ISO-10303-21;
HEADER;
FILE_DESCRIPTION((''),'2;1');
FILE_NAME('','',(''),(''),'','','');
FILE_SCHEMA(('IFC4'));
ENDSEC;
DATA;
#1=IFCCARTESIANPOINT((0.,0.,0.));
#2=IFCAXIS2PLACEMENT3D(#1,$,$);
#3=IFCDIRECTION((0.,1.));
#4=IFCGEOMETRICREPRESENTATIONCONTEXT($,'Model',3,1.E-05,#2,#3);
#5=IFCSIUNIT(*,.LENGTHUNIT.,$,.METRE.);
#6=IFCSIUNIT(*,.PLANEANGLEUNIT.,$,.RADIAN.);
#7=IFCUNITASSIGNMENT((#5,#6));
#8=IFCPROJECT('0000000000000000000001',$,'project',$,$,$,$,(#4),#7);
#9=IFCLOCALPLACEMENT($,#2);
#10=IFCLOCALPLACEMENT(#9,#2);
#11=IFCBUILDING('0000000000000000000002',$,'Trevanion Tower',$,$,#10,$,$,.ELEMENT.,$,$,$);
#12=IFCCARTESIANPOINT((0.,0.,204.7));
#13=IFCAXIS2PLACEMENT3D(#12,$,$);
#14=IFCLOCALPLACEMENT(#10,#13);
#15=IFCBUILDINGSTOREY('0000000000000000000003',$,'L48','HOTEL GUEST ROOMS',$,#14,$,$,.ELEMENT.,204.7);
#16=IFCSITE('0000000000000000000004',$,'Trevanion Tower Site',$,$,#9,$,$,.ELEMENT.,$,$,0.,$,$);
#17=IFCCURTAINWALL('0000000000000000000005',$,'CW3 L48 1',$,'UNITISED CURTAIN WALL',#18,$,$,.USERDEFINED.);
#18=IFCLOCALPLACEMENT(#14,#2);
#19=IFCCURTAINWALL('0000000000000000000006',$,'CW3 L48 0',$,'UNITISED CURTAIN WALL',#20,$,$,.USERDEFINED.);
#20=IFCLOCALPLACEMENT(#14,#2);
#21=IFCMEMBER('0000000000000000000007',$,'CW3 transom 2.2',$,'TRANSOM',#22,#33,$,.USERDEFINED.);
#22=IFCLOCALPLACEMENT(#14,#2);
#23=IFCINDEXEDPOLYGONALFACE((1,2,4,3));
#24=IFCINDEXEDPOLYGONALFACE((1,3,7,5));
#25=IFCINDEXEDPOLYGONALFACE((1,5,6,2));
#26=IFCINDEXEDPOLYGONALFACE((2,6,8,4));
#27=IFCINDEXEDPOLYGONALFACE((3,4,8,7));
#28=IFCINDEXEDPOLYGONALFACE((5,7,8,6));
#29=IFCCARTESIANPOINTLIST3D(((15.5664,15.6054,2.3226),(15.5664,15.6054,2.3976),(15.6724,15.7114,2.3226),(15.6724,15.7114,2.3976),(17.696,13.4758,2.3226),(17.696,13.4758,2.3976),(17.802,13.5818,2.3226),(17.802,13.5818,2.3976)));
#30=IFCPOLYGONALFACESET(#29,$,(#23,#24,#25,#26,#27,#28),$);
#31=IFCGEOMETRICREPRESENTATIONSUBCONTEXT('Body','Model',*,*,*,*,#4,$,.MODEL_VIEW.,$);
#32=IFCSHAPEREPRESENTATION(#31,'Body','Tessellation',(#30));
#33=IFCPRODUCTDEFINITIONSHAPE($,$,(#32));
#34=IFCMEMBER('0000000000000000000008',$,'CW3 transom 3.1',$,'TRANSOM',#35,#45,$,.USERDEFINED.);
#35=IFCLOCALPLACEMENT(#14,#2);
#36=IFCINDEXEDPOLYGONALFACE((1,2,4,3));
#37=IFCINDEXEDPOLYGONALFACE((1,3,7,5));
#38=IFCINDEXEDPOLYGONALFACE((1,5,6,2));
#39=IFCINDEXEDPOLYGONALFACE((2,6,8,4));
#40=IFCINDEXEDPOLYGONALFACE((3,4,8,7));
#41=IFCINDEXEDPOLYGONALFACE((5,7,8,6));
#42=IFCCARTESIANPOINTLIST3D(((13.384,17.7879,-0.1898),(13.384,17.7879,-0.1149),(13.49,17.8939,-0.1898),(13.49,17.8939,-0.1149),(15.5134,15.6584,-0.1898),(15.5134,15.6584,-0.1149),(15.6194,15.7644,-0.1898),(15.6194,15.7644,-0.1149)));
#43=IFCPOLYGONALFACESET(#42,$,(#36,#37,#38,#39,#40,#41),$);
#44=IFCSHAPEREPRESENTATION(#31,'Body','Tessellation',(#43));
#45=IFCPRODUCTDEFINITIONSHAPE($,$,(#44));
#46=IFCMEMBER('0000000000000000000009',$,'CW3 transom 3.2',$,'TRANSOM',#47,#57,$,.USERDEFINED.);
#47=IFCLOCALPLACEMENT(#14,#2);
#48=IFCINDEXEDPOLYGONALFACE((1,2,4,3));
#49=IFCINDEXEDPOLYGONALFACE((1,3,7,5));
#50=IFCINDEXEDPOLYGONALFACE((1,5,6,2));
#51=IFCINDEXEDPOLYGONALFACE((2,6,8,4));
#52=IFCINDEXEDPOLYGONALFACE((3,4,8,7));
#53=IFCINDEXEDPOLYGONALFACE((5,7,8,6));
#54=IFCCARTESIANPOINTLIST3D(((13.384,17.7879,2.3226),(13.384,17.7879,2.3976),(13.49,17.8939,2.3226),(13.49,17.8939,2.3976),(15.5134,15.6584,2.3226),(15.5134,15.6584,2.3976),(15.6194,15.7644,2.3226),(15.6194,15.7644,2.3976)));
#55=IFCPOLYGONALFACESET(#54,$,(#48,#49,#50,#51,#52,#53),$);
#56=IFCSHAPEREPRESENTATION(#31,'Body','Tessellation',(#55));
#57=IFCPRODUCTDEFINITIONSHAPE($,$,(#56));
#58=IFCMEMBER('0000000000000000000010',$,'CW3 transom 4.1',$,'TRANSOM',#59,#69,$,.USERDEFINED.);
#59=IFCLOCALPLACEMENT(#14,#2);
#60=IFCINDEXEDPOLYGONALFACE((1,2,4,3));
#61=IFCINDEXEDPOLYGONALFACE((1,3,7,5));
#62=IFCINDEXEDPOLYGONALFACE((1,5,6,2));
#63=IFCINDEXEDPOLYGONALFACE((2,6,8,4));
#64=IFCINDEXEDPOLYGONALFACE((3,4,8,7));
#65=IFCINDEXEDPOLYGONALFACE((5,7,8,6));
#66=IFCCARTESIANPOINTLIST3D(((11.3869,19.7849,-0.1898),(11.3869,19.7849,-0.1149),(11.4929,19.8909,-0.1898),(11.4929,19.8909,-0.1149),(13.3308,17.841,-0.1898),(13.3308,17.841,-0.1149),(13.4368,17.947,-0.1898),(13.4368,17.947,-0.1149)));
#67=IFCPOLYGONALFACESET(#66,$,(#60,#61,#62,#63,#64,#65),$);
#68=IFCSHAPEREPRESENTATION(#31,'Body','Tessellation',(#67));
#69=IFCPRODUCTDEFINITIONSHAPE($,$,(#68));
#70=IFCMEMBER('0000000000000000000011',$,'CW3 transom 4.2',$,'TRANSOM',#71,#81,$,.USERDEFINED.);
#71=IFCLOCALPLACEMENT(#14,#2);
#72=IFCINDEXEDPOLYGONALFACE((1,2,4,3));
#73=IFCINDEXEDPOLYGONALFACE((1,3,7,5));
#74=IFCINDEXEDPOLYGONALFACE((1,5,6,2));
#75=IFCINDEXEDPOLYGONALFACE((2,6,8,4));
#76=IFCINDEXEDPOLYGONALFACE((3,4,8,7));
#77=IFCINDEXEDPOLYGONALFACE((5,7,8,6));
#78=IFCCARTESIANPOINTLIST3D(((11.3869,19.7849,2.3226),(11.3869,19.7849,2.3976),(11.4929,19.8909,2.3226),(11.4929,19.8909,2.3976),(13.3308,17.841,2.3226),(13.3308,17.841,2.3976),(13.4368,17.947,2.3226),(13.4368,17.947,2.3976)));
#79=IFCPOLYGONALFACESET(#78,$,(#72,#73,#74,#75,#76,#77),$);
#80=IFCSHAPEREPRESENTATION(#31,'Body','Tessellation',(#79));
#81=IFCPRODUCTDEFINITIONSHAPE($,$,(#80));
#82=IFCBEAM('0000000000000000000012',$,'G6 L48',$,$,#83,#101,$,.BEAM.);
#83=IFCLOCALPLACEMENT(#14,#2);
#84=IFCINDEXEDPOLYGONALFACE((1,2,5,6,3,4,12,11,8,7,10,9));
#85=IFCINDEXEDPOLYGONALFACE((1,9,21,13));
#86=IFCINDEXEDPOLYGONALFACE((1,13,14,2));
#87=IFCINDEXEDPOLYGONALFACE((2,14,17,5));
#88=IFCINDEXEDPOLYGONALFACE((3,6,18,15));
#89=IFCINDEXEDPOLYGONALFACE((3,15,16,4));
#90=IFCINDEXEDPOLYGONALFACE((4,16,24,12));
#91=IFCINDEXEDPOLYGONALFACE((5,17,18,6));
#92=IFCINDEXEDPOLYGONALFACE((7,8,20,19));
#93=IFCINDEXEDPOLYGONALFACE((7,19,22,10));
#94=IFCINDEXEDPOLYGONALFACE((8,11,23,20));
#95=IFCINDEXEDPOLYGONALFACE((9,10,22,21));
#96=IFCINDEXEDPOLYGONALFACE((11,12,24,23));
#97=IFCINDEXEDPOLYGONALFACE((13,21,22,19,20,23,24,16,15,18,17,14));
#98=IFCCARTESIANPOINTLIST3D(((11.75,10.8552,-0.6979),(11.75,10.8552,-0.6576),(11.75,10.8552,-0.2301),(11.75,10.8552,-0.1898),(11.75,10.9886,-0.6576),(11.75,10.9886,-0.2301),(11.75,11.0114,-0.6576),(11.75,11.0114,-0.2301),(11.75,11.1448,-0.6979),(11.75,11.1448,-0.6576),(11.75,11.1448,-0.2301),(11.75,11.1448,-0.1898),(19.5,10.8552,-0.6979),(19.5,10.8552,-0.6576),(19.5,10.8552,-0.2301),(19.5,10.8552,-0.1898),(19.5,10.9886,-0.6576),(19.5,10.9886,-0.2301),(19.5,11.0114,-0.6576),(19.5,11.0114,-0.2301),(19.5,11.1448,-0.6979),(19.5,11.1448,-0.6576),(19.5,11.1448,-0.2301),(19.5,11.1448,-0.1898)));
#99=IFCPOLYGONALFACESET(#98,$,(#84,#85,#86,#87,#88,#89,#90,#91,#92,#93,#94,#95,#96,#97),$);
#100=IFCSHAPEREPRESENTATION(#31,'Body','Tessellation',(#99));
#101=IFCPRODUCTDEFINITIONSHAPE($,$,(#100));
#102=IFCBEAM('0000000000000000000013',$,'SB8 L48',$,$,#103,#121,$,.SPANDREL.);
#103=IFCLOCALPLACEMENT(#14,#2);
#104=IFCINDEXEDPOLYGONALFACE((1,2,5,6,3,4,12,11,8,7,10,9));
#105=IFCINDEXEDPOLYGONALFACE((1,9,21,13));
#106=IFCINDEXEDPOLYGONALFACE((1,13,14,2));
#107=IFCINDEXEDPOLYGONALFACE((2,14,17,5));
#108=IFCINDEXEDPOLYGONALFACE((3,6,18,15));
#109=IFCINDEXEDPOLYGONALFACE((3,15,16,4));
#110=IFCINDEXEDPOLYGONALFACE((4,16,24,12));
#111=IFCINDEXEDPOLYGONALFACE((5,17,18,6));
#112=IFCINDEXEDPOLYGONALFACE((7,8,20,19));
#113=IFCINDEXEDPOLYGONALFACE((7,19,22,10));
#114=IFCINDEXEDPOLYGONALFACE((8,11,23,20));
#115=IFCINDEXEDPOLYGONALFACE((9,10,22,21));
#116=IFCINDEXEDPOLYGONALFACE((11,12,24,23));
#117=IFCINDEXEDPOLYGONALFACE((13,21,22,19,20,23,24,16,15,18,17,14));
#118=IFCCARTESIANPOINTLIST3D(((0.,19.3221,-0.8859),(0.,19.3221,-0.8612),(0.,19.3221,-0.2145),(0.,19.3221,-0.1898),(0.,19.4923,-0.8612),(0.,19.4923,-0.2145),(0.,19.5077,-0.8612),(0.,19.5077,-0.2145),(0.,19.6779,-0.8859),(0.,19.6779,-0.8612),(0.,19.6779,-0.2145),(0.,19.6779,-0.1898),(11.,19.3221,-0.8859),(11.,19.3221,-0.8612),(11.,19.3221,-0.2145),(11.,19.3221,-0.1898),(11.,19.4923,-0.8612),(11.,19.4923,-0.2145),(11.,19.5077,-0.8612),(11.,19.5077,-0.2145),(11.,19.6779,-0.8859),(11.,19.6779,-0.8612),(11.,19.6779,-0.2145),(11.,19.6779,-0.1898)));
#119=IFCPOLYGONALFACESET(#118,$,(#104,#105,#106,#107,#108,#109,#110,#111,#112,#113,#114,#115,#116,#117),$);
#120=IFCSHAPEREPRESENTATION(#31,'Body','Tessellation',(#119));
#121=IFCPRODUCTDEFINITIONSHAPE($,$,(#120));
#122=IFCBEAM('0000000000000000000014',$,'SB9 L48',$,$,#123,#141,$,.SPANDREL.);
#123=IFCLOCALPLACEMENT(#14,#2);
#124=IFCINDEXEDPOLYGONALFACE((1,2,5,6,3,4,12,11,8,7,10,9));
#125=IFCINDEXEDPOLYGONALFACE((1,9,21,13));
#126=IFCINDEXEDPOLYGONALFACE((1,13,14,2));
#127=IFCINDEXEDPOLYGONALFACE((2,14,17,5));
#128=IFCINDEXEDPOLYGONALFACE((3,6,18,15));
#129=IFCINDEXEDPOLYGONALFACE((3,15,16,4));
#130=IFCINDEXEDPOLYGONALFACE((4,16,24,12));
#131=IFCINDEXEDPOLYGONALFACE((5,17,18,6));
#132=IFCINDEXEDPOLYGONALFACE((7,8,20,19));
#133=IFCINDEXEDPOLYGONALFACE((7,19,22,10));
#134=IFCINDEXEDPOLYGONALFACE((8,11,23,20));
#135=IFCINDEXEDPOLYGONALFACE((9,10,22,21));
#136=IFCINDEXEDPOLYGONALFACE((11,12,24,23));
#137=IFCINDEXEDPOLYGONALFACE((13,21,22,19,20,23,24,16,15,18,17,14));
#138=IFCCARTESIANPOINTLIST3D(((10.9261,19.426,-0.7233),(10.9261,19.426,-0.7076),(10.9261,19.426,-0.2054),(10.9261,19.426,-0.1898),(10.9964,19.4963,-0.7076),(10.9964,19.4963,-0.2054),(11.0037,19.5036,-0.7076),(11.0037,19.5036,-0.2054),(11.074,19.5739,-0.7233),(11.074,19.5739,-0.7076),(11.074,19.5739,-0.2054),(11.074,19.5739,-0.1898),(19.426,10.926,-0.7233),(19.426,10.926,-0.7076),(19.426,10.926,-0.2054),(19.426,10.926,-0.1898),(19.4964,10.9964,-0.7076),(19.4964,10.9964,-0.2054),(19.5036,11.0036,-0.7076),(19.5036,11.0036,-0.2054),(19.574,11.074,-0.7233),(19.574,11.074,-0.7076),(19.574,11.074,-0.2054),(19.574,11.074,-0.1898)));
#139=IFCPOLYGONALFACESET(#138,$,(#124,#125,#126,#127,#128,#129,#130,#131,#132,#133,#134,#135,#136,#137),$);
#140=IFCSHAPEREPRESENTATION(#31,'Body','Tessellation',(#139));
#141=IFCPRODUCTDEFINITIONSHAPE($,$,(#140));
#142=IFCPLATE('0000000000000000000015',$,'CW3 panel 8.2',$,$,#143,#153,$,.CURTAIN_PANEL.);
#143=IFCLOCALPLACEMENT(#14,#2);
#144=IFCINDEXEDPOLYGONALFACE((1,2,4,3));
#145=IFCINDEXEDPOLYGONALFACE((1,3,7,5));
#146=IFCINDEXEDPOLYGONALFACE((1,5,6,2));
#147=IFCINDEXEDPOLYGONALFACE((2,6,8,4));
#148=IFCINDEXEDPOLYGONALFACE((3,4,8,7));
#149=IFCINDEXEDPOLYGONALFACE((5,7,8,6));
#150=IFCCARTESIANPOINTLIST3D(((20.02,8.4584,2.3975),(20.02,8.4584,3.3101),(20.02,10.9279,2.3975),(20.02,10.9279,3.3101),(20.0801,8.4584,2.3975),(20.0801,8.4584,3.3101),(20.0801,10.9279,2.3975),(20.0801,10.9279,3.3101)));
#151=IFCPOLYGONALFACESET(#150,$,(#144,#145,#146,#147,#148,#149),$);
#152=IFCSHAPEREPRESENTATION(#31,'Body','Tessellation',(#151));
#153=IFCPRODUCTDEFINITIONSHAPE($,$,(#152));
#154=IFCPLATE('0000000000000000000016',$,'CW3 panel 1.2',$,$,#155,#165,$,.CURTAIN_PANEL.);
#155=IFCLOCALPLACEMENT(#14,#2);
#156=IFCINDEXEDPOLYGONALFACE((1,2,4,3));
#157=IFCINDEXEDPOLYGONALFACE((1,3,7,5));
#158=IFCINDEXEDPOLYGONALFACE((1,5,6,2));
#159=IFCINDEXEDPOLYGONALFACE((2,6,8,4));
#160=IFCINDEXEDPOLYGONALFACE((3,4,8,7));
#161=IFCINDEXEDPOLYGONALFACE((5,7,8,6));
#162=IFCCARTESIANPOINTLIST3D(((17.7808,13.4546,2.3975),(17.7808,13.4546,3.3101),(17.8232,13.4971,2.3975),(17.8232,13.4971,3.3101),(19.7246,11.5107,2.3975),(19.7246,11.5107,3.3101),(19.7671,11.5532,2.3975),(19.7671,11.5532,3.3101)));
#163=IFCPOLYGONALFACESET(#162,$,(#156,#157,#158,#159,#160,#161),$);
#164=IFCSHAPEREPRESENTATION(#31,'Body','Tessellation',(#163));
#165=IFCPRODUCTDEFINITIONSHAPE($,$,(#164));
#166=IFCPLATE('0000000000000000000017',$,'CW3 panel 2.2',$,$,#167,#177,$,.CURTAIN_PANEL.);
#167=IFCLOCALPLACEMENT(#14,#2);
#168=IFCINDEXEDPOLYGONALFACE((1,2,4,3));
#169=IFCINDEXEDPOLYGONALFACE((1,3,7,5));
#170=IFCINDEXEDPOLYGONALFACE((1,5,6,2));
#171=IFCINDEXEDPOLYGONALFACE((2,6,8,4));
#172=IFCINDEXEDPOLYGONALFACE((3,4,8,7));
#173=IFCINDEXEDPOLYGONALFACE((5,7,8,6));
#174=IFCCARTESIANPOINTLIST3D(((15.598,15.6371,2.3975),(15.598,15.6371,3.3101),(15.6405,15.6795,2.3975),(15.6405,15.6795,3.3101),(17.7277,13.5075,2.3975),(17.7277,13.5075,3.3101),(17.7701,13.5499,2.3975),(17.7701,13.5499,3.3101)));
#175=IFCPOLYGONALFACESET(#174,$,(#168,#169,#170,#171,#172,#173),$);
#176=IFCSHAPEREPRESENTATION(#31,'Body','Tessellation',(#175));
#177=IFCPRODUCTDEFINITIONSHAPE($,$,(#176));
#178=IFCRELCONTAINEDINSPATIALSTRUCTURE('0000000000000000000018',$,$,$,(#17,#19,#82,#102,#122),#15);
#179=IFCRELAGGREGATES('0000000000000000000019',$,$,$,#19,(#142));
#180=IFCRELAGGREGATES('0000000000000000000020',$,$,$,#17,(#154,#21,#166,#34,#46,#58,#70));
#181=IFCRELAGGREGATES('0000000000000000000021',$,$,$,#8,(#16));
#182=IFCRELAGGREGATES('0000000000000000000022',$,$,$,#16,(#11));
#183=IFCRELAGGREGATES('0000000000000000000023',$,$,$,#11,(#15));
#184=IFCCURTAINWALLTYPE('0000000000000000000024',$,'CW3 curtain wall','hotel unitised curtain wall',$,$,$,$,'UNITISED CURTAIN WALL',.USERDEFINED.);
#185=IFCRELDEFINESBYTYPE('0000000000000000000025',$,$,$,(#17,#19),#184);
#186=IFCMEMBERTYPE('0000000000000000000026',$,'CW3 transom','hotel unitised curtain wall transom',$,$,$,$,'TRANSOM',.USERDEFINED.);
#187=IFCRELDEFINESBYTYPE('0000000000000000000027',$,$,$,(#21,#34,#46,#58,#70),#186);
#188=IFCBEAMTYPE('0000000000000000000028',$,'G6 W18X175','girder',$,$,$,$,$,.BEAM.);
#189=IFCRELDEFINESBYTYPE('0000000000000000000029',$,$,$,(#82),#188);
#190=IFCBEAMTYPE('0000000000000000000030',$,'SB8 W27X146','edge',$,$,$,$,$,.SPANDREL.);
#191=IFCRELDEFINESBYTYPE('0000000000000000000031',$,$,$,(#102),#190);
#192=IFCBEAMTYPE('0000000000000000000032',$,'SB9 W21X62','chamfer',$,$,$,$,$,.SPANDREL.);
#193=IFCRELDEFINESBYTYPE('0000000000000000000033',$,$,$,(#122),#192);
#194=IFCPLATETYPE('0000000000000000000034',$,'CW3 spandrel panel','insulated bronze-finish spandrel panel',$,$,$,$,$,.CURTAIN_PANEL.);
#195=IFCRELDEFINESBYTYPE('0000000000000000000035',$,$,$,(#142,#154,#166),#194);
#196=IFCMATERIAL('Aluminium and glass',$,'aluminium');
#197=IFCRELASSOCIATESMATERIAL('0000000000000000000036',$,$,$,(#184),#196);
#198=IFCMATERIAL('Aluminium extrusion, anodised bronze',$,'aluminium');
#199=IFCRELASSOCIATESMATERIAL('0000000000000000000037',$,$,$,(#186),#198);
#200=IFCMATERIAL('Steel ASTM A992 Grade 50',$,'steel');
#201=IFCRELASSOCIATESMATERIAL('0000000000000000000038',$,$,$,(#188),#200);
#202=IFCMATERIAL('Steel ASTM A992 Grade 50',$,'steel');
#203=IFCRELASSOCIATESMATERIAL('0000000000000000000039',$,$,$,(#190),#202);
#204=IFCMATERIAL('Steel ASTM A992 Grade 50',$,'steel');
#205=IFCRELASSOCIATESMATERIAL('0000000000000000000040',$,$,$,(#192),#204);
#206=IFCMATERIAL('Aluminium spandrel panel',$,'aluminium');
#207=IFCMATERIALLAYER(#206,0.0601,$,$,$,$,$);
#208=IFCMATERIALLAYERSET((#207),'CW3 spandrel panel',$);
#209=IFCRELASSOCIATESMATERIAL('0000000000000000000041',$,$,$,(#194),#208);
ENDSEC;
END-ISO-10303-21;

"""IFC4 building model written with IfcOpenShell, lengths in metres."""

from ifc_helpers import new_model, si_unit, direction, frame, origin, origin_2d, place, context, subcontext, project, spatial, rectangle, i_section, extrude, material, layer, layer_set, material_profile, profile_set, type_object, element, aggregate, save


model = new_model("IFC4")

# Units and contexts
model_context = context("Model", 3, precision=1e-05, world=origin(), true_north=direction((0.0, 1.0)))
body_context = subcontext(model_context, "Body", "Model", "MODEL_VIEW")
ifc_project = project(units=[si_unit("LENGTHUNIT", "METRE"), si_unit("PLANEANGLEUNIT", "RADIAN")], contexts=[model_context])

# Site, building, storey
site_placement = place(None, origin())
site = spatial("IfcSite", under=ifc_project, at=site_placement, Name="Trevanion Tower Site", CompositionType="ELEMENT", RefElevation=0.0)
building_placement = place(site_placement, origin())
building = spatial("IfcBuilding", under=site, at=building_placement, Name="Trevanion Tower", CompositionType="ELEMENT")
storey_placement = place(building_placement, frame((0.0, 0.0, 204.7)))
storey = spatial("IfcBuildingStorey", under=building, at=storey_placement, Name="L48", Description="HOTEL GUEST ROOMS", CompositionType="ELEMENT", Elevation=204.7)

# Curtain wall
ifc_material_1 = material(Name="Aluminium and glass", Category="aluminium")
curtain_wall_type = type_object("IfcCurtainWallType", Name="CW3 curtain wall", Description="hotel unitised curtain wall", ElementType="UNITISED CURTAIN WALL", PredefinedType="USERDEFINED", material=ifc_material_1)
curtain_wall_1_placement = place(storey_placement, origin())
curtain_wall_1 = element("IfcCurtainWall", 1, at=curtain_wall_1_placement, inside=storey, type_object=curtain_wall_type, Name="CW3 L48 1", ObjectType="UNITISED CURTAIN WALL", PredefinedType="USERDEFINED")

# Curtain wall
curtain_wall_2_placement = place(storey_placement, origin())
curtain_wall_2 = element("IfcCurtainWall", 2, at=curtain_wall_2_placement, inside=storey, type_object=curtain_wall_type, Name="CW3 L48 0", ObjectType="UNITISED CURTAIN WALL", PredefinedType="USERDEFINED")

# Members
ifc_material_2 = material(Name="Aluminium extrusion, anodised bronze", Category="aluminium")
ifc_material_profile_1 = material_profile(ifc_material_2, rectangle(XDim=0.1499, YDim=0.075, at=origin_2d()), Name="CW3 transom")
ifc_profile_set_1 = profile_set([ifc_material_profile_1], Name="Aluminium extrusion, anodised bronze")
member_type_1 = type_object("IfcMemberType", Name="CW3 transom", Description="hotel unitised curtain wall transom", ElementType="TRANSOM", PredefinedType="USERDEFINED", material=ifc_profile_set_1)
member_1_placement = place(storey_placement, frame((17.749, 13.5288, 2.3601), z_axis=(-0.707107, 0.707107, 0.0), x_axis=(-0.707107, -0.707107, 0.0)))
member_1 = element("IfcMember", 3, at=member_1_placement, type_object=member_type_1, Name="CW3 transom 2.2", ObjectType="TRANSOM", PredefinedType="USERDEFINED", context=body_context, shape_type="SweptSolid", body=[
    extrude(rectangle(XDim=0.1499, YDim=0.075, at=origin_2d()), origin(), (0.0, 0.0, 1.0), 3.0117),
])
member_2_placement = place(storey_placement, frame((15.5664, 15.7114, -0.1523), z_axis=(-0.707107, 0.707107, 0.0), x_axis=(-0.707107, -0.707107, 0.0)))
member_2 = element("IfcMember", 4, at=member_2_placement, type_object=member_type_1, Name="CW3 transom 3.1", ObjectType="TRANSOM", PredefinedType="USERDEFINED", context=body_context, shape_type="SweptSolid", body=[
    extrude(rectangle(XDim=0.1499, YDim=0.075, at=origin_2d()), origin(), (0.0, 0.0, 1.0), 3.0115),
])
member_3_placement = place(storey_placement, frame((15.5664, 15.7114, 2.3601), z_axis=(-0.707107, 0.707107, 0.0), x_axis=(-0.707107, -0.707107, 0.0)))
member_3 = element("IfcMember", 5, at=member_3_placement, type_object=member_type_1, Name="CW3 transom 3.2", ObjectType="TRANSOM", PredefinedType="USERDEFINED", context=body_context, shape_type="SweptSolid", body=[
    extrude(rectangle(XDim=0.1499, YDim=0.075, at=origin_2d()), origin(), (0.0, 0.0, 1.0), 3.0115),
])
member_4_placement = place(storey_placement, frame((13.3838, 17.894, -0.1523), z_axis=(-0.707107, 0.707107, 0.0), x_axis=(-0.707107, -0.707107, 0.0)))
member_4 = element("IfcMember", 6, at=member_4_placement, type_object=member_type_1, Name="CW3 transom 4.1", ObjectType="TRANSOM", PredefinedType="USERDEFINED", context=body_context, shape_type="SweptSolid", body=[
    extrude(rectangle(XDim=0.1499, YDim=0.075, at=origin_2d()), origin(), (0.0, 0.0, 1.0), 2.749),
])
member_5_placement = place(storey_placement, frame((13.3838, 17.894, 2.3601), z_axis=(-0.707107, 0.707107, 0.0), x_axis=(-0.707107, -0.707107, 0.0)))
member_5 = element("IfcMember", 7, at=member_5_placement, type_object=member_type_1, Name="CW3 transom 4.2", ObjectType="TRANSOM", PredefinedType="USERDEFINED", context=body_context, shape_type="SweptSolid", body=[
    extrude(rectangle(XDim=0.1499, YDim=0.075, at=origin_2d()), origin(), (0.0, 0.0, 1.0), 2.749),
])

# Beams
ifc_material_3 = material(Name="Steel ASTM A992 Grade 50", Category="steel")
ifc_material_profile_2 = material_profile(ifc_material_3, i_section(OverallWidth=0.2896, OverallDepth=0.5081, WebThickness=0.0227, FlangeThickness=0.0403, at=origin_2d()), Name="W18X175")
ifc_profile_set_2 = profile_set([ifc_material_profile_2], Name="Steel ASTM A992 Grade 50")
beam_type_1 = type_object("IfcBeamType", Name="G6 W18X175", Description="girder", PredefinedType="BEAM", material=ifc_profile_set_2)
beam_1_placement = place(storey_placement, frame((11.75, 11.0, -0.4438), z_axis=(1.0, 0.0, 0.0), x_axis=(0.0, 1.0, 0.0)))
element("IfcBeam", 8, at=beam_1_placement, inside=storey, type_object=beam_type_1, Name="G6 L48", PredefinedType="BEAM", context=body_context, shape_type="SweptSolid", body=[
    extrude(i_section(OverallWidth=0.2896, OverallDepth=0.5081, WebThickness=0.0227, FlangeThickness=0.0403, at=origin_2d()), origin(), (0.0, 0.0, 1.0), 7.75),
])
ifc_material_4 = material(Name="Steel ASTM A992 Grade 50", Category="steel")
ifc_material_profile_3 = material_profile(ifc_material_4, i_section(OverallWidth=0.3557, OverallDepth=0.696, WebThickness=0.0154, FlangeThickness=0.0247, at=origin_2d()), Name="W27X146")
ifc_profile_set_3 = profile_set([ifc_material_profile_3], Name="Steel ASTM A992 Grade 50")
beam_type_2 = type_object("IfcBeamType", Name="SB8 W27X146", Description="edge", PredefinedType="SPANDREL", material=ifc_profile_set_3)
beam_2_placement = place(storey_placement, frame((11.0, 19.5, -0.5378), z_axis=(-1.0, 0.0, 0.0), x_axis=(0.0, -1.0, 0.0)))
element("IfcBeam", 9, at=beam_2_placement, inside=storey, type_object=beam_type_2, Name="SB8 L48", PredefinedType="SPANDREL", context=body_context, shape_type="SweptSolid", body=[
    extrude(i_section(OverallWidth=0.3557, OverallDepth=0.696, WebThickness=0.0154, FlangeThickness=0.0247, at=origin_2d()), origin(), (0.0, 0.0, 1.0), 11.0),
])
ifc_material_5 = material(Name="Steel ASTM A992 Grade 50", Category="steel")
ifc_material_profile_4 = material_profile(ifc_material_5, i_section(OverallWidth=0.2092, OverallDepth=0.5334, WebThickness=0.0103, FlangeThickness=0.0156, at=origin_2d()), Name="W21X62")
ifc_profile_set_4 = profile_set([ifc_material_profile_4], Name="Steel ASTM A992 Grade 50")
beam_type_3 = type_object("IfcBeamType", Name="SB9 W21X62", Description="chamfer", PredefinedType="SPANDREL", material=ifc_profile_set_4)
beam_3_placement = place(storey_placement, frame((19.5, 11.0, -0.4565), z_axis=(-0.707107, 0.707107, 0.0), x_axis=(-0.707107, -0.707107, 0.0)))
element("IfcBeam", 10, at=beam_3_placement, inside=storey, type_object=beam_type_3, Name="SB9 L48", PredefinedType="SPANDREL", context=body_context, shape_type="SweptSolid", body=[
    extrude(i_section(OverallWidth=0.2092, OverallDepth=0.5334, WebThickness=0.0103, FlangeThickness=0.0156, at=origin_2d()), origin(), (0.0, 0.0, 1.0), 12.0208),
])

# Plates
ifc_material_6 = material(Name="Aluminium spandrel panel", Category="aluminium")
ifc_layer_1 = layer(ifc_material_6, 0.0601)
ifc_layer_set_1 = layer_set([ifc_layer_1], Name="CW3 spandrel panel")
plate_type_1 = type_object("IfcPlateType", Name="CW3 spandrel panel", Description="insulated bronze-finish spandrel panel", PredefinedType="CURTAIN_PANEL", material=ifc_layer_set_1)
plate_1_placement = place(storey_placement, frame((20.05, 9.6931, 2.3975), z_axis=(0.0, 0.0, 1.0), x_axis=(0.0, 1.0, 0.0)))
plate_1 = element("IfcPlate", 11, at=plate_1_placement, type_object=plate_type_1, Name="CW3 panel 8.2", PredefinedType="CURTAIN_PANEL", context=body_context, shape_type="SweptSolid", body=[
    extrude(rectangle(XDim=2.4695, YDim=0.0601, at=origin_2d()), origin(), (0.0, 0.0, 1.0), 0.9126),
])
aggregate(curtain_wall_2, [plate_1])
plate_2_placement = place(storey_placement, frame((18.7739, 12.5039, 2.3975), z_axis=(0.0, 0.0, 1.0), x_axis=(-0.707107, 0.707107, 0.0)))
plate_2 = element("IfcPlate", 12, at=plate_2_placement, type_object=plate_type_1, Name="CW3 panel 1.2", PredefinedType="CURTAIN_PANEL", context=body_context, shape_type="SweptSolid", body=[
    extrude(rectangle(XDim=2.749, YDim=0.0601, at=origin_2d()), origin(), (0.0, 0.0, 1.0), 0.9126),
])
plate_3_placement = place(storey_placement, frame((16.6841, 14.5935, 2.3975), z_axis=(0.0, 0.0, 1.0), x_axis=(-0.707107, 0.707107, 0.0)))
plate_3 = element("IfcPlate", 13, at=plate_3_placement, type_object=plate_type_1, Name="CW3 panel 2.2", PredefinedType="CURTAIN_PANEL", context=body_context, shape_type="SweptSolid", body=[
    extrude(rectangle(XDim=3.0117, YDim=0.0601, at=origin_2d()), origin(), (0.0, 0.0, 1.0), 0.9126),
])
aggregate(curtain_wall_1, [plate_2, member_1, plate_3, member_2, member_3, member_4, member_5])

save(model, "model.ifc")
